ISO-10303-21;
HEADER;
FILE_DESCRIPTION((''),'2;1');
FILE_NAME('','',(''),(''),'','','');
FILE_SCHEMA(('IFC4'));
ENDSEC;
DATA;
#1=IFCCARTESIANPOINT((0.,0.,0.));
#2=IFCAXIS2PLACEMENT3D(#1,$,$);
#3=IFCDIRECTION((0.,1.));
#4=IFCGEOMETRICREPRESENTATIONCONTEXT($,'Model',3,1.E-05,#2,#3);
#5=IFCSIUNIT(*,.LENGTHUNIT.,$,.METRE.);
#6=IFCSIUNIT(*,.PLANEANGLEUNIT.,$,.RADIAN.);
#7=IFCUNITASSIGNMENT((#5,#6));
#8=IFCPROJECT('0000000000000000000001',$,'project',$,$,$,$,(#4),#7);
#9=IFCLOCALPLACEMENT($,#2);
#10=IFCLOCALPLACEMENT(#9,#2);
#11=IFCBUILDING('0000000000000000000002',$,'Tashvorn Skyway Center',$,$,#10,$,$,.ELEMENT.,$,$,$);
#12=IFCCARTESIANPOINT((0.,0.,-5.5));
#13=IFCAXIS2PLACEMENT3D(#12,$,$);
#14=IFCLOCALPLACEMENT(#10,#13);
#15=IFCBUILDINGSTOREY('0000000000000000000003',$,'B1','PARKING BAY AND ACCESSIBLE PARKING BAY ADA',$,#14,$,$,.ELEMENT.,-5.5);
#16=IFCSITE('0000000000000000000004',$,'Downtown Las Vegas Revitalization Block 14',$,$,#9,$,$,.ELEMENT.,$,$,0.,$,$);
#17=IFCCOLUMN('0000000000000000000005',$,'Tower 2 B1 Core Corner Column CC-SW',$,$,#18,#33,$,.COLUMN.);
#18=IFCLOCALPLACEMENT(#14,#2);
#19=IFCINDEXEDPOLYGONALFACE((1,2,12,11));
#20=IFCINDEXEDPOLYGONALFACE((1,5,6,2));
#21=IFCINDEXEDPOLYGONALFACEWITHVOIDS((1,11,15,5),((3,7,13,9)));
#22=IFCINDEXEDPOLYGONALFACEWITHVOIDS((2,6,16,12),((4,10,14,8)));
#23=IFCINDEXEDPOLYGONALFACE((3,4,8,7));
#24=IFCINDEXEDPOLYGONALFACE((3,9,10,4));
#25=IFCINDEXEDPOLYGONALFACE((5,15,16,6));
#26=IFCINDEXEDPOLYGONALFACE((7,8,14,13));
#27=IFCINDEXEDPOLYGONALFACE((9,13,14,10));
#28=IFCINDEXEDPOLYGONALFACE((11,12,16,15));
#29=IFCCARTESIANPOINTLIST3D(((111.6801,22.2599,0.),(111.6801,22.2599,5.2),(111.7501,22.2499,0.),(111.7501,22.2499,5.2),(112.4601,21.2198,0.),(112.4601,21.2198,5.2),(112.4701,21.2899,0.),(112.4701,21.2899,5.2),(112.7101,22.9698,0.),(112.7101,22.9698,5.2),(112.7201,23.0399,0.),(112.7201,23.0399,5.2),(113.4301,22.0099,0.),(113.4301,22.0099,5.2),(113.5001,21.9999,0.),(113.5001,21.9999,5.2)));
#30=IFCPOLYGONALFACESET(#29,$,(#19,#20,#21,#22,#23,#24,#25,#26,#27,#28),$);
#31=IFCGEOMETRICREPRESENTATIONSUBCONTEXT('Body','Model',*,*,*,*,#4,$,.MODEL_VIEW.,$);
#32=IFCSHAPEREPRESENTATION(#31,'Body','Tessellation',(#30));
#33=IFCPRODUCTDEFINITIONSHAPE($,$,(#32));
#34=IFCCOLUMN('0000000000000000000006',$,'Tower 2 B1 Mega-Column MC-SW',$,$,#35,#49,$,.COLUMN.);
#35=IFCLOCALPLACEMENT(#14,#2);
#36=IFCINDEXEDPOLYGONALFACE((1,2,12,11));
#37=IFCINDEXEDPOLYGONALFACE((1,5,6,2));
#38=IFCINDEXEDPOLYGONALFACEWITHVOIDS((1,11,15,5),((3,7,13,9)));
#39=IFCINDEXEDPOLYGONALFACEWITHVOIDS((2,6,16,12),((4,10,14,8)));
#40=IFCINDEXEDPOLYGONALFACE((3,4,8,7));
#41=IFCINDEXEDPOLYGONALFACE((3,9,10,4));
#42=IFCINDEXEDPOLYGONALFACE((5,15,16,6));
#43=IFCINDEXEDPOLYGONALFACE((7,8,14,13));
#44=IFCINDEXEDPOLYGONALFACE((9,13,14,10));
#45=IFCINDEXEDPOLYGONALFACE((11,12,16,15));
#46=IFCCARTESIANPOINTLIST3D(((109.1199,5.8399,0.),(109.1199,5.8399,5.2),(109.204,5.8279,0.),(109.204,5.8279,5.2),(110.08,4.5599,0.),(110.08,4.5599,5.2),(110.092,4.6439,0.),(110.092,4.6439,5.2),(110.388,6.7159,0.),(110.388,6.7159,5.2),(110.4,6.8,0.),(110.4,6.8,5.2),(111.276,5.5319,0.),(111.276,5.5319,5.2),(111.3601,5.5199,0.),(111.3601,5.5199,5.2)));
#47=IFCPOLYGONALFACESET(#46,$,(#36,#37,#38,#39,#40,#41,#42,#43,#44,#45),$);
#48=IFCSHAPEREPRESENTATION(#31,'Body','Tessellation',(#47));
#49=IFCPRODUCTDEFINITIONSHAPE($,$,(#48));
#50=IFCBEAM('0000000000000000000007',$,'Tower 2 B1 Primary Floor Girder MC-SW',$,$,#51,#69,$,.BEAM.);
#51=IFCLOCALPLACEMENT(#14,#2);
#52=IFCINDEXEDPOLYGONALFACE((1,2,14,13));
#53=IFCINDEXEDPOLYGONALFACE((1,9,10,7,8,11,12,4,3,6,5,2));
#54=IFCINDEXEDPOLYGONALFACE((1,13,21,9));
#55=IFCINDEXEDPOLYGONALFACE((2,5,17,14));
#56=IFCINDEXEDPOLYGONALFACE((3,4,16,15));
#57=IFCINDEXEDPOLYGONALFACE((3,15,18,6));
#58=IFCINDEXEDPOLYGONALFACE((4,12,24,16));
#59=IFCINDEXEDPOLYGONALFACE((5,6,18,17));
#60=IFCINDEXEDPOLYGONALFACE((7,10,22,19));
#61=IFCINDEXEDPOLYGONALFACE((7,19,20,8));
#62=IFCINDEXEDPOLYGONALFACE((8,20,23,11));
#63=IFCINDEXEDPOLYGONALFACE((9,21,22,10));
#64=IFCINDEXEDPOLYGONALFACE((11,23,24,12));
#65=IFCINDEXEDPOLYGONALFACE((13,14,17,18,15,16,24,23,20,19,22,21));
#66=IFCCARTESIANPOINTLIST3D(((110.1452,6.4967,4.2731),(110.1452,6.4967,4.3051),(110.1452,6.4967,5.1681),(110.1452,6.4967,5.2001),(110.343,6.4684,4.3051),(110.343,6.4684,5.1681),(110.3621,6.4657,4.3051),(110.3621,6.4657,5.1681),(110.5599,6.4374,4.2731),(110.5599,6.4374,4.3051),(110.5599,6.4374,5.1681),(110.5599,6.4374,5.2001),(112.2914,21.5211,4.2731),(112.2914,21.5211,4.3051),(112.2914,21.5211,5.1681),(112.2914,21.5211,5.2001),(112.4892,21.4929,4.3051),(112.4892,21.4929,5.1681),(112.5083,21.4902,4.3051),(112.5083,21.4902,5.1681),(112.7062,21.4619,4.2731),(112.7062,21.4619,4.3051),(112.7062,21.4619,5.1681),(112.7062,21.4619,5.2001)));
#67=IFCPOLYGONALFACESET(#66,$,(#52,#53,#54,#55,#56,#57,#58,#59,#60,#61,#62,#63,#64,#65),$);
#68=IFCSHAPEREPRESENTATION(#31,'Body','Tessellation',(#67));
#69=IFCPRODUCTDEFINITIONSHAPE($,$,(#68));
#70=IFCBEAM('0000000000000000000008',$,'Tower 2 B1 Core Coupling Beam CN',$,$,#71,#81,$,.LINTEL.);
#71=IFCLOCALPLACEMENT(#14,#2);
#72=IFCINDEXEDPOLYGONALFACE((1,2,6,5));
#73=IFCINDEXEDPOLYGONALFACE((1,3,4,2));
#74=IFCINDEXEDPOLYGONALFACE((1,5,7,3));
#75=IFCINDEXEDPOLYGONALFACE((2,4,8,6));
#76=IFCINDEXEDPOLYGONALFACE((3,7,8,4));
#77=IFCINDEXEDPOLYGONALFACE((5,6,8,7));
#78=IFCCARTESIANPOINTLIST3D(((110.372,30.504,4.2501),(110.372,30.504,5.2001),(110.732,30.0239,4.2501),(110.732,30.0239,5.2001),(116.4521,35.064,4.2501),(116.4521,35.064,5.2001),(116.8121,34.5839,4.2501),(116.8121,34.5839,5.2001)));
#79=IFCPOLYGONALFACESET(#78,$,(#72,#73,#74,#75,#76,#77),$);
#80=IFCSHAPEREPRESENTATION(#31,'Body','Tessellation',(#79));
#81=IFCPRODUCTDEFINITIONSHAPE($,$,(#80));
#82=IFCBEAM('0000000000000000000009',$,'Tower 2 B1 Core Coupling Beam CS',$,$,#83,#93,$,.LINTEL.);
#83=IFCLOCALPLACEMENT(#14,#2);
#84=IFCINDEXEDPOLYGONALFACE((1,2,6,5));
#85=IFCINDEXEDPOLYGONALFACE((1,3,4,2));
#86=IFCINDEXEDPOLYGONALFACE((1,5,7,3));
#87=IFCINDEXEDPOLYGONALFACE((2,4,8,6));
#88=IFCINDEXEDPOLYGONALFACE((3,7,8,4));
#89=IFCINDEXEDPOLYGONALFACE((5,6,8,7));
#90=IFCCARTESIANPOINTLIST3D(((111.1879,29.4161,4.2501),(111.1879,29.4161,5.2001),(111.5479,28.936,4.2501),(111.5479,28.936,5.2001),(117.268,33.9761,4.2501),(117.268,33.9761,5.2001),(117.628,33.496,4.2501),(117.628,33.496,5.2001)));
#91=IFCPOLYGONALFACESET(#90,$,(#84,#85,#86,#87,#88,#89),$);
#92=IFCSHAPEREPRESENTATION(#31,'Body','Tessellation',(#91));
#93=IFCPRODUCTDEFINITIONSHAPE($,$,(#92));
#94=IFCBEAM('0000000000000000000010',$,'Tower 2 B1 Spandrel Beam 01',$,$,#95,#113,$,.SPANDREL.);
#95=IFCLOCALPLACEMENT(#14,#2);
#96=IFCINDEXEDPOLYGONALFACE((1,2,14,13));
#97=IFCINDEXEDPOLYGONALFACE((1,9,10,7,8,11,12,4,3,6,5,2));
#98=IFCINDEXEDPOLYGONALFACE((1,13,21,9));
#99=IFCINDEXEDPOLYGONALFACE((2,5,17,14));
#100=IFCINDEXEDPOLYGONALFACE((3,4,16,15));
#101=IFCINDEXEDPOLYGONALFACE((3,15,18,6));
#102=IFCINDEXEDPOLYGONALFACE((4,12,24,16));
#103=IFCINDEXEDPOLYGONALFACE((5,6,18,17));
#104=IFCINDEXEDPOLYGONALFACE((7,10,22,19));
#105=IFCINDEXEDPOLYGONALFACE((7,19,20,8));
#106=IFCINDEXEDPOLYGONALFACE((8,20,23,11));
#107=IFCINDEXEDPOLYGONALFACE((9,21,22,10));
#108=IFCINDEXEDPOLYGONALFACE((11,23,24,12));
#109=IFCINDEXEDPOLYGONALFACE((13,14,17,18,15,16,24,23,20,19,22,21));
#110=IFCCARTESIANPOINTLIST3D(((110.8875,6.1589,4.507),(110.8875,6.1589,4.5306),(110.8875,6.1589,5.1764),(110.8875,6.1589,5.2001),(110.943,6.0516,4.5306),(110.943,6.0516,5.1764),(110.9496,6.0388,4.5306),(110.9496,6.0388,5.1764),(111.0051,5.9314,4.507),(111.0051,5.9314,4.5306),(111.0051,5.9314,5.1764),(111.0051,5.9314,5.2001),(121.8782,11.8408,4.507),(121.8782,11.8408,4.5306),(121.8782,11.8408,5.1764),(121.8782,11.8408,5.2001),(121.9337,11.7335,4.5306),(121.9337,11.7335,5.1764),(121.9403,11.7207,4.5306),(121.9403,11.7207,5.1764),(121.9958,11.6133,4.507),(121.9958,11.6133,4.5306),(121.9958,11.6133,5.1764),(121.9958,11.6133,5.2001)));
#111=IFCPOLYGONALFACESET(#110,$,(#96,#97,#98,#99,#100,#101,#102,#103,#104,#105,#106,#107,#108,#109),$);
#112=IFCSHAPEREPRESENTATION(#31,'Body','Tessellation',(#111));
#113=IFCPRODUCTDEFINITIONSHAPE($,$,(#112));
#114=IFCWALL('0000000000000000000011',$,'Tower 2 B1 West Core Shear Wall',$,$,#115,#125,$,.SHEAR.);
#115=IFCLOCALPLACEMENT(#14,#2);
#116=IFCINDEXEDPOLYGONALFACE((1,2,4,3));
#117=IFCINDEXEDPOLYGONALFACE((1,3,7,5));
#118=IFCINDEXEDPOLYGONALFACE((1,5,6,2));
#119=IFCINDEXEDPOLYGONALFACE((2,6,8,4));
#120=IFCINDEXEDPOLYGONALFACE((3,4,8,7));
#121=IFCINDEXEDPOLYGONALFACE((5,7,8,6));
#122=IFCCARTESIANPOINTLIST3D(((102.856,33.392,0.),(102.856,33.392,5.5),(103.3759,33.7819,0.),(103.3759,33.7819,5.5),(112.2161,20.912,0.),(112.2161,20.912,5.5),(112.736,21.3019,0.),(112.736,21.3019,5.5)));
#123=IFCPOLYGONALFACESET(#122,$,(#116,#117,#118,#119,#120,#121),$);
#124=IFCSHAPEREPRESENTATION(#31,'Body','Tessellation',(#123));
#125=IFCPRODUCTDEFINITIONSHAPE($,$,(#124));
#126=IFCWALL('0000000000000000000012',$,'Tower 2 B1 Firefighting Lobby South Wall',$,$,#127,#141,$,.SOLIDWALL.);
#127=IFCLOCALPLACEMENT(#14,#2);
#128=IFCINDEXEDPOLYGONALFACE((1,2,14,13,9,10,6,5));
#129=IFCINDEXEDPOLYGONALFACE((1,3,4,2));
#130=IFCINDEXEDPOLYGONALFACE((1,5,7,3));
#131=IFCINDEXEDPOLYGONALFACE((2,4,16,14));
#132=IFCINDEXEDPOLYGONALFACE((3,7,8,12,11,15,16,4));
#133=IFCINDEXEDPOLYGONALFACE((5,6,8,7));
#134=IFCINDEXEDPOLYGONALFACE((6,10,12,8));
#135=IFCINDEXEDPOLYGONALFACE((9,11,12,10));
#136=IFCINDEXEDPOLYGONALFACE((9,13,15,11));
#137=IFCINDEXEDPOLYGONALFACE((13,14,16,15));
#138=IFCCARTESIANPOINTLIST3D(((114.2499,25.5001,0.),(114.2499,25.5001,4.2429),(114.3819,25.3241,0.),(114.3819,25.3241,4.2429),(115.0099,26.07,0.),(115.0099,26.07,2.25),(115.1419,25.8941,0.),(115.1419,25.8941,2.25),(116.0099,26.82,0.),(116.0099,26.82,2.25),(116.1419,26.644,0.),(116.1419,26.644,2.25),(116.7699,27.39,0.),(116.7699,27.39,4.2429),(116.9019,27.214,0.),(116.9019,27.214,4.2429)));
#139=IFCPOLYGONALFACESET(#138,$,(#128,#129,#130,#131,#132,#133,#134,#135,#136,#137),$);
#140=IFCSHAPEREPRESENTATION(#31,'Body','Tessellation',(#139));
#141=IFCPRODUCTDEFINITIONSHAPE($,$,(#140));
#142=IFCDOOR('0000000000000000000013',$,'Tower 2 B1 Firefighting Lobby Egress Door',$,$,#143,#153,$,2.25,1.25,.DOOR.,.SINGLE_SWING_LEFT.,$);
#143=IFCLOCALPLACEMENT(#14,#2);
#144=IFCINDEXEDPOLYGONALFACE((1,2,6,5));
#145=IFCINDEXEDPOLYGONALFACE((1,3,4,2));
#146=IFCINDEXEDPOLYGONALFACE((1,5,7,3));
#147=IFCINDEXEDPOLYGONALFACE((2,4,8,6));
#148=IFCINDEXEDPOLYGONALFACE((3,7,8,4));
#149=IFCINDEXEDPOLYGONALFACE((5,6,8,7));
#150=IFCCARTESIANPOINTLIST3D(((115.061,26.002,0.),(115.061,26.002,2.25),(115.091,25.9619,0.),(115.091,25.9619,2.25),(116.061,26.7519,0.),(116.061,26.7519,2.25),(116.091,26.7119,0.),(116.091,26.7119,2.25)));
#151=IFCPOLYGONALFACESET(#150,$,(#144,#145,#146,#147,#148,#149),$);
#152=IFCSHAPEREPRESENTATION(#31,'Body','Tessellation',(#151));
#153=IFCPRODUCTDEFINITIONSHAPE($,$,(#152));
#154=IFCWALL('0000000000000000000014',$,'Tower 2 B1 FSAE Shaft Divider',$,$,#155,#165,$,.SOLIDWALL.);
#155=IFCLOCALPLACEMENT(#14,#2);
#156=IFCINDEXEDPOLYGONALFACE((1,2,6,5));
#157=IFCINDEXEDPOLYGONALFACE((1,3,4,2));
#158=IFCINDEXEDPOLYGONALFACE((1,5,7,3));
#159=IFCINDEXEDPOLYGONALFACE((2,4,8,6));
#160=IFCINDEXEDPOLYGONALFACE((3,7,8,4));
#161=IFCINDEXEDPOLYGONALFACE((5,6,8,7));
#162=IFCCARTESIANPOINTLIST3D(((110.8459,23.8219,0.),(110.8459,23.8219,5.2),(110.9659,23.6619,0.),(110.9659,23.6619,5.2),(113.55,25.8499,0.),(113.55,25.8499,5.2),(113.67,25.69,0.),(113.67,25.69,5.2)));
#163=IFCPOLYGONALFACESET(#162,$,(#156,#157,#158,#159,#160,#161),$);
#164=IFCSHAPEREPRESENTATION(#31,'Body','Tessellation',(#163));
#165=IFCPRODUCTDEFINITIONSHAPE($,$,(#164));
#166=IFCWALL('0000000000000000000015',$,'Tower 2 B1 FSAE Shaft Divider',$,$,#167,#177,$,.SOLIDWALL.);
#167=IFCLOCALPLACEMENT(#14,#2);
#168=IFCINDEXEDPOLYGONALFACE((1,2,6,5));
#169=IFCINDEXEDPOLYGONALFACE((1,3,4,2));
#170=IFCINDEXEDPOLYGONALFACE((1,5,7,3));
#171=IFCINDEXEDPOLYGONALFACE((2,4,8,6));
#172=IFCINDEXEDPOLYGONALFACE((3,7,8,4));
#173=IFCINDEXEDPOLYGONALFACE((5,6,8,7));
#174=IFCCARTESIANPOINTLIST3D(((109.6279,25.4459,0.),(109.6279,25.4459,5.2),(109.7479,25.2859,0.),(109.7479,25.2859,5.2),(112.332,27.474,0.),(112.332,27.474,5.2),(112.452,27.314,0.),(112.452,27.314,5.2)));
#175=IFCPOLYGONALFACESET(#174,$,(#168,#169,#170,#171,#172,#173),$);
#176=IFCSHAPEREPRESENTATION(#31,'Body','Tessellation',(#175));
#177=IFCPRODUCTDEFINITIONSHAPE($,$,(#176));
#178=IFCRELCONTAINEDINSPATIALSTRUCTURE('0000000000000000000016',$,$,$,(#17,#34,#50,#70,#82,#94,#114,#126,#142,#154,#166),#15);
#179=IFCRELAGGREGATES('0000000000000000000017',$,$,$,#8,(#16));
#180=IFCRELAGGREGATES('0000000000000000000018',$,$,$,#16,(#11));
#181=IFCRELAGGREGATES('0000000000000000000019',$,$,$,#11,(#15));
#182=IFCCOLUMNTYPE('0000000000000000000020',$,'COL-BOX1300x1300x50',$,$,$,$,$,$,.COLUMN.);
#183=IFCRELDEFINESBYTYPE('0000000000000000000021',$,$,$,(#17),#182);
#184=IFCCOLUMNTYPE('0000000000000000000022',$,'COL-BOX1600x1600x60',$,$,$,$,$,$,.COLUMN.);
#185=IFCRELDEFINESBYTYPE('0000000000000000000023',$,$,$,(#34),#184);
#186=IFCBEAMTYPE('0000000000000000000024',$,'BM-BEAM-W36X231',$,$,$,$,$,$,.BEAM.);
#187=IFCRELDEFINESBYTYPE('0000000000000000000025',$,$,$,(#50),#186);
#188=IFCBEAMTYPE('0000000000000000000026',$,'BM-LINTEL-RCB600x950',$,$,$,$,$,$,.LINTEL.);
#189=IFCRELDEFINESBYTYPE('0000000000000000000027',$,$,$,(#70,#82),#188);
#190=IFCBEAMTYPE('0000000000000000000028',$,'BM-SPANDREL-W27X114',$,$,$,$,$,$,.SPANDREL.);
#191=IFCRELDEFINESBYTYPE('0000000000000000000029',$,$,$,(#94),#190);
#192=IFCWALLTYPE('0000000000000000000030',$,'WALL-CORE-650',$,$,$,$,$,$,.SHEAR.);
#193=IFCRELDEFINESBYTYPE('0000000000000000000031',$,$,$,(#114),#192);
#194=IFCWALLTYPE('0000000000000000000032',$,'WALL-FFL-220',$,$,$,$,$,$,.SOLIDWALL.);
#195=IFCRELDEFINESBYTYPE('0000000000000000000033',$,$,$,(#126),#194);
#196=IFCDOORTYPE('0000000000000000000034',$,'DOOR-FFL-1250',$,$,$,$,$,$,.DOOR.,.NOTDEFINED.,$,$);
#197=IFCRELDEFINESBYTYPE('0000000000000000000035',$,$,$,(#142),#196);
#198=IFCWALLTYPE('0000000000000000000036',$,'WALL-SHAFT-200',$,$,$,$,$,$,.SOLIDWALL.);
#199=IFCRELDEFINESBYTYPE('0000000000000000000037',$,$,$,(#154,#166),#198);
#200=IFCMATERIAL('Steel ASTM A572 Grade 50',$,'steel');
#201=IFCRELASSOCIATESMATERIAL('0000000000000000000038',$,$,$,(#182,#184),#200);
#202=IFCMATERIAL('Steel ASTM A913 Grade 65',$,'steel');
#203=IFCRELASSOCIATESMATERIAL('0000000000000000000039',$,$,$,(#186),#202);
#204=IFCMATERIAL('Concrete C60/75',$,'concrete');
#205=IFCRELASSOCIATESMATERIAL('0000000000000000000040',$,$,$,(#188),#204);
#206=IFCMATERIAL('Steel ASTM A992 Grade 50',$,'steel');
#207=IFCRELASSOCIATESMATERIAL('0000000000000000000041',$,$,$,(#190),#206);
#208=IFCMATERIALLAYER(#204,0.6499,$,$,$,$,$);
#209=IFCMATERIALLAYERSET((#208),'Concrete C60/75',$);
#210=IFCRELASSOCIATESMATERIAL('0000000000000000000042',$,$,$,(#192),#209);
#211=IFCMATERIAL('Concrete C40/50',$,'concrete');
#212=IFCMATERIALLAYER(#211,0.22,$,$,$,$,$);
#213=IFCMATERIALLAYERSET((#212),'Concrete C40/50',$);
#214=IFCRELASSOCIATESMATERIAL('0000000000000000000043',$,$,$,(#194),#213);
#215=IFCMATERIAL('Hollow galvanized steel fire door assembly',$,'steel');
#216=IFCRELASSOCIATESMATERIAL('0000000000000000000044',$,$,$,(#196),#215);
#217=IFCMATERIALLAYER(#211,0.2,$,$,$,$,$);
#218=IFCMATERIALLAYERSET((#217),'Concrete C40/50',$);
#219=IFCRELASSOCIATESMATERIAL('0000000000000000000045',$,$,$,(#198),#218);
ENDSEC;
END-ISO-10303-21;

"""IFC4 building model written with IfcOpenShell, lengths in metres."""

from ifc_helpers import new_model, si_unit, direction, frame, frame_2d, origin, origin_2d, place, context, subcontext, project, spatial, rectangle, hollow_rectangle, i_section, extrude, material, layer, layer_set, material_profile, profile_set, type_object, element, fill, save


model = new_model("IFC4")

# Units and contexts
model_context = context("Model", 3, precision=1e-05, world=origin(), true_north=direction((0.0, 1.0)))
body_context = subcontext(model_context, "Body", "Model", "MODEL_VIEW")
ifc_project = project(units=[si_unit("LENGTHUNIT", "METRE"), si_unit("PLANEANGLEUNIT", "RADIAN")], contexts=[model_context])

# Site, building, storey
site_placement = place(None, origin())
site = spatial("IfcSite", under=ifc_project, at=site_placement, Name="Downtown Las Vegas Revitalization Block 14", CompositionType="ELEMENT", RefElevation=0.0)
building_placement = place(site_placement, origin())
building = spatial("IfcBuilding", under=site, at=building_placement, Name="Tashvorn Skyway Center", CompositionType="ELEMENT")
storey_placement = place(building_placement, frame((0.0, 0.0, -5.5)))
storey = spatial("IfcBuildingStorey", under=building, at=storey_placement, Name="B1", Description="PARKING BAY AND ACCESSIBLE PARKING BAY ADA", CompositionType="ELEMENT", Elevation=-5.5)

# Columns
ifc_material_1 = material(Name="Steel ASTM A572 Grade 50", Category="steel")
ifc_material_profile_1 = material_profile(ifc_material_1, hollow_rectangle(XDim=1.3, YDim=1.3, WallThickness=0.05, at=origin_2d()), Name="BOX1300x1300x50")
ifc_profile_set_1 = profile_set([ifc_material_profile_1], Name="Steel ASTM A572 Grade 50")
column_type_1 = type_object("IfcColumnType", Name="COL-BOX1300x1300x50", PredefinedType="COLUMN", material=ifc_profile_set_1)
column_1_placement = place(storey_placement, frame((112.5901, 22.1299, 0.0), z_axis=(0.0, 0.0, 1.0), x_axis=(0.8, 0.6, 0.0)))
element("IfcColumn", 1, at=column_1_placement, inside=storey, type_object=column_type_1, Name="Tower 2 B1 Core Corner Column CC-SW", PredefinedType="COLUMN", context=body_context, shape_type="SweptSolid", body=[
    extrude(hollow_rectangle(XDim=1.3, YDim=1.3, WallThickness=0.05, at=origin_2d()), origin(), (0.0, 0.0, 1.0), 5.2),
])
ifc_material_profile_2 = material_profile(ifc_material_1, hollow_rectangle(XDim=1.6001, YDim=1.6001, WallThickness=0.0601, at=origin_2d()), Name="BOX1600x1600x60")
ifc_profile_set_2 = profile_set([ifc_material_profile_2], Name="Steel ASTM A572 Grade 50")
column_type_2 = type_object("IfcColumnType", Name="COL-BOX1600x1600x60", PredefinedType="COLUMN", material=ifc_profile_set_2)
column_2_placement = place(storey_placement, frame((110.24, 5.6799, 0.0), z_axis=(0.0, 0.0, 1.0), x_axis=(0.8, 0.6, 0.0)))
element("IfcColumn", 2, at=column_2_placement, inside=storey, type_object=column_type_2, Name="Tower 2 B1 Mega-Column MC-SW", PredefinedType="COLUMN", context=body_context, shape_type="SweptSolid", body=[
    extrude(hollow_rectangle(XDim=1.6001, YDim=1.6001, WallThickness=0.0601, at=origin_2d()), origin(), (0.0, 0.0, 1.0), 5.2),
])

# Beams
ifc_material_2 = material(Name="Steel ASTM A913 Grade 65", Category="steel")
ifc_material_profile_3 = material_profile(ifc_material_2, i_section(OverallWidth=0.4189, OverallDepth=0.927, WebThickness=0.0193, FlangeThickness=0.032, at=origin_2d()), Name="W36X231")
ifc_profile_set_3 = profile_set([ifc_material_profile_3], Name="Steel ASTM A913 Grade 65")
beam_type_1 = type_object("IfcBeamType", Name="BM-BEAM-W36X231", PredefinedType="BEAM", material=ifc_profile_set_3)
beam_1_placement = place(storey_placement, frame((110.3525, 6.467, 4.7366), z_axis=(0.141415, 0.98995, 0.0), x_axis=(-0.98995, 0.141415, 0.0)))
element("IfcBeam", 3, at=beam_1_placement, inside=storey, type_object=beam_type_1, Name="Tower 2 B1 Primary Floor Girder MC-SW", PredefinedType="BEAM", context=body_context, shape_type="SweptSolid", body=[
    extrude(i_section(OverallWidth=0.4189, OverallDepth=0.927, WebThickness=0.0193, FlangeThickness=0.032, at=origin_2d()), origin(), (0.0, 0.0, 1.0), 15.177),
])
ifc_material_3 = material(Name="Concrete C60/75", Category="concrete")
ifc_material_profile_4 = material_profile(ifc_material_3, rectangle(XDim=0.6001, YDim=0.95, at=origin_2d()), Name="RCB600x950")
ifc_profile_set_4 = profile_set([ifc_material_profile_4], Name="Concrete C60/75")
beam_type_2 = type_object("IfcBeamType", Name="BM-LINTEL-RCB600x950", PredefinedType="LINTEL", material=ifc_profile_set_4)
for number, where, z_axis, x_axis, name in (
    (4, (110.552, 30.2639, 4.7251), (0.8, 0.6, 0.0), (-0.6, 0.8, 0.0), "Tower 2 B1 Core Coupling Beam CN"),
    (5, (111.3679, 29.176, 4.7251), (0.8, 0.6, 0.0), (-0.6, 0.8, 0.0), "Tower 2 B1 Core Coupling Beam CS"),
):
    element("IfcBeam", number, at=place(storey_placement, frame(where, z_axis=z_axis, x_axis=x_axis)), inside=storey, type_object=beam_type_2, Name=name, PredefinedType="LINTEL", context=body_context, shape_type="SweptSolid", body=[
        extrude(rectangle(XDim=0.6001, YDim=0.95, at=origin_2d()), origin(), (0.0, 0.0, 1.0), 7.6001),
    ])
ifc_material_4 = material(Name="Steel ASTM A992 Grade 50", Category="steel")
ifc_material_profile_5 = material_profile(ifc_material_4, i_section(OverallWidth=0.2561, OverallDepth=0.6931, WebThickness=0.0144, FlangeThickness=0.0237, at=origin_2d()), Name="W27X114")
ifc_profile_set_5 = profile_set([ifc_material_profile_5], Name="Steel ASTM A992 Grade 50")
beam_type_3 = type_object("IfcBeamType", Name="BM-SPANDREL-W27X114", PredefinedType="SPANDREL", material=ifc_profile_set_5)
beam_2_placement = place(storey_placement, frame((110.9463, 6.0452, 4.8535), z_axis=(0.888316, 0.459233, 0.0), x_axis=(-0.459233, 0.888316, 0.0)))
element("IfcBeam", 6, at=beam_2_placement, inside=storey, type_object=beam_type_3, Name="Tower 2 B1 Spandrel Beam 01", PredefinedType="SPANDREL", context=body_context, shape_type="SweptSolid", body=[
    extrude(i_section(OverallWidth=0.2561, OverallDepth=0.6931, WebThickness=0.0144, FlangeThickness=0.0237, at=origin_2d()), origin(), (0.0, 0.0, 1.0), 12.3726),
])

# Wall
ifc_layer_1 = layer(ifc_material_3, 0.6499)
ifc_layer_set_1 = layer_set([ifc_layer_1], Name="Concrete C60/75")
wall_type_1 = type_object("IfcWallType", Name="WALL-CORE-650", PredefinedType="SHEAR", material=ifc_layer_set_1)
wall_1_placement = place(storey_placement, frame((112.4761, 21.1069, 0.0), z_axis=(0.0, 0.0, 1.0), x_axis=(-0.600005, 0.799996, 0.0)))
element("IfcWall", 7, at=wall_1_placement, inside=storey, type_object=wall_type_1, Name="Tower 2 B1 West Core Shear Wall", PredefinedType="SHEAR", context=body_context, shape_type="SweptSolid", body=[
    extrude(rectangle(XDim=15.6001, YDim=0.6499, at=frame_2d((7.8, 0.0))), origin(), (0.0, 0.0, 1.0), 5.5),
])

# Wall, opening, door
ifc_material_5 = material(Name="Concrete C40/50", Category="concrete")
ifc_layer_2 = layer(ifc_material_5, 0.22)
ifc_layer_set_2 = layer_set([ifc_layer_2], Name="Concrete C40/50")
wall_type_2 = type_object("IfcWallType", Name="WALL-FFL-220", PredefinedType="SOLIDWALL", material=ifc_layer_set_2)
wall_2_placement = place(storey_placement, frame((114.3159, 25.4121, 0.0), z_axis=(0.0, 0.0, 1.0), x_axis=(0.800019, 0.599975, 0.0)))
wall_2 = element("IfcWall", 8, at=wall_2_placement, inside=storey, type_object=wall_type_2, Name="Tower 2 B1 Firefighting Lobby South Wall", PredefinedType="SOLIDWALL", context=body_context, shape_type="SweptSolid", body=[
    extrude(rectangle(XDim=3.1499, YDim=0.22, at=frame_2d((1.575, 0.0))), origin(), (0.0, 0.0, 1.0), 4.2429),
])
opening_1_placement = place(wall_2_placement, frame((0.95, 0.0, 0.0)))
opening_1 = element("IfcOpeningElement", 9, at=opening_1_placement, cuts=wall_2, PredefinedType="OPENING", context=body_context, shape_type="SweptSolid", body=[
    extrude(rectangle(XDim=1.25, YDim=2.25, at=frame_2d((0.625, 1.125))), frame((0.0, 0.1199, 0.0), z_axis=(0.0, -1.0, 0.0), x_axis=(1.0, 0.0, 0.0)), (0.0, 0.0, 1.0), 0.24),
])
ifc_material_6 = material(Name="Hollow galvanized steel fire door assembly", Category="steel")
door_type_1 = type_object("IfcDoorType", Name="DOOR-FFL-1250", OperationType="NOTDEFINED", PredefinedType="DOOR", material=ifc_material_6)
door_1_placement = place(opening_1_placement, origin())
door_1 = element("IfcDoor", 10, at=door_1_placement, inside=storey, type_object=door_type_1, Name="Tower 2 B1 Firefighting Lobby Egress Door", OperationType="SINGLE_SWING_LEFT", OverallHeight=2.25, OverallWidth=1.25, PredefinedType="DOOR", context=body_context, shape_type="SweptSolid", body=[
    extrude(rectangle(XDim=1.25, YDim=2.25, at=frame_2d((0.625, 1.125))), frame((0.0, 0.0249, 0.0), z_axis=(0.0, -1.0, 0.0), x_axis=(1.0, 0.0, 0.0)), (0.0, 0.0, 1.0), 0.05),
])
fill(opening_1, door_1)

# Walls
ifc_layer_3 = layer(ifc_material_5, 0.2)
ifc_layer_set_3 = layer_set([ifc_layer_3], Name="Concrete C40/50")
wall_type_3 = type_object("IfcWallType", Name="WALL-SHAFT-200", PredefinedType="SOLIDWALL", material=ifc_layer_set_3)
for number, where, z_axis, x_axis, name in (
    (11, (110.906, 23.7419, 0.0), (0.0, 0.0, 1.0), (0.8, 0.6, 0.0), "Tower 2 B1 FSAE Shaft Divider"),
    (12, (109.688, 25.366, 0.0), (0.0, 0.0, 1.0), (0.8, 0.6, 0.0), "Tower 2 B1 FSAE Shaft Divider"),
):
    element("IfcWall", number, at=place(storey_placement, frame(where, z_axis=z_axis, x_axis=x_axis)), inside=storey, type_object=wall_type_3, Name=name, PredefinedType="SOLIDWALL", context=body_context, shape_type="SweptSolid", body=[
        extrude(rectangle(XDim=3.3801, YDim=0.2, at=frame_2d((1.6899, 0.0))), origin(), (0.0, 0.0, 1.0), 5.2),
    ])

save(model, "model.ifc")
